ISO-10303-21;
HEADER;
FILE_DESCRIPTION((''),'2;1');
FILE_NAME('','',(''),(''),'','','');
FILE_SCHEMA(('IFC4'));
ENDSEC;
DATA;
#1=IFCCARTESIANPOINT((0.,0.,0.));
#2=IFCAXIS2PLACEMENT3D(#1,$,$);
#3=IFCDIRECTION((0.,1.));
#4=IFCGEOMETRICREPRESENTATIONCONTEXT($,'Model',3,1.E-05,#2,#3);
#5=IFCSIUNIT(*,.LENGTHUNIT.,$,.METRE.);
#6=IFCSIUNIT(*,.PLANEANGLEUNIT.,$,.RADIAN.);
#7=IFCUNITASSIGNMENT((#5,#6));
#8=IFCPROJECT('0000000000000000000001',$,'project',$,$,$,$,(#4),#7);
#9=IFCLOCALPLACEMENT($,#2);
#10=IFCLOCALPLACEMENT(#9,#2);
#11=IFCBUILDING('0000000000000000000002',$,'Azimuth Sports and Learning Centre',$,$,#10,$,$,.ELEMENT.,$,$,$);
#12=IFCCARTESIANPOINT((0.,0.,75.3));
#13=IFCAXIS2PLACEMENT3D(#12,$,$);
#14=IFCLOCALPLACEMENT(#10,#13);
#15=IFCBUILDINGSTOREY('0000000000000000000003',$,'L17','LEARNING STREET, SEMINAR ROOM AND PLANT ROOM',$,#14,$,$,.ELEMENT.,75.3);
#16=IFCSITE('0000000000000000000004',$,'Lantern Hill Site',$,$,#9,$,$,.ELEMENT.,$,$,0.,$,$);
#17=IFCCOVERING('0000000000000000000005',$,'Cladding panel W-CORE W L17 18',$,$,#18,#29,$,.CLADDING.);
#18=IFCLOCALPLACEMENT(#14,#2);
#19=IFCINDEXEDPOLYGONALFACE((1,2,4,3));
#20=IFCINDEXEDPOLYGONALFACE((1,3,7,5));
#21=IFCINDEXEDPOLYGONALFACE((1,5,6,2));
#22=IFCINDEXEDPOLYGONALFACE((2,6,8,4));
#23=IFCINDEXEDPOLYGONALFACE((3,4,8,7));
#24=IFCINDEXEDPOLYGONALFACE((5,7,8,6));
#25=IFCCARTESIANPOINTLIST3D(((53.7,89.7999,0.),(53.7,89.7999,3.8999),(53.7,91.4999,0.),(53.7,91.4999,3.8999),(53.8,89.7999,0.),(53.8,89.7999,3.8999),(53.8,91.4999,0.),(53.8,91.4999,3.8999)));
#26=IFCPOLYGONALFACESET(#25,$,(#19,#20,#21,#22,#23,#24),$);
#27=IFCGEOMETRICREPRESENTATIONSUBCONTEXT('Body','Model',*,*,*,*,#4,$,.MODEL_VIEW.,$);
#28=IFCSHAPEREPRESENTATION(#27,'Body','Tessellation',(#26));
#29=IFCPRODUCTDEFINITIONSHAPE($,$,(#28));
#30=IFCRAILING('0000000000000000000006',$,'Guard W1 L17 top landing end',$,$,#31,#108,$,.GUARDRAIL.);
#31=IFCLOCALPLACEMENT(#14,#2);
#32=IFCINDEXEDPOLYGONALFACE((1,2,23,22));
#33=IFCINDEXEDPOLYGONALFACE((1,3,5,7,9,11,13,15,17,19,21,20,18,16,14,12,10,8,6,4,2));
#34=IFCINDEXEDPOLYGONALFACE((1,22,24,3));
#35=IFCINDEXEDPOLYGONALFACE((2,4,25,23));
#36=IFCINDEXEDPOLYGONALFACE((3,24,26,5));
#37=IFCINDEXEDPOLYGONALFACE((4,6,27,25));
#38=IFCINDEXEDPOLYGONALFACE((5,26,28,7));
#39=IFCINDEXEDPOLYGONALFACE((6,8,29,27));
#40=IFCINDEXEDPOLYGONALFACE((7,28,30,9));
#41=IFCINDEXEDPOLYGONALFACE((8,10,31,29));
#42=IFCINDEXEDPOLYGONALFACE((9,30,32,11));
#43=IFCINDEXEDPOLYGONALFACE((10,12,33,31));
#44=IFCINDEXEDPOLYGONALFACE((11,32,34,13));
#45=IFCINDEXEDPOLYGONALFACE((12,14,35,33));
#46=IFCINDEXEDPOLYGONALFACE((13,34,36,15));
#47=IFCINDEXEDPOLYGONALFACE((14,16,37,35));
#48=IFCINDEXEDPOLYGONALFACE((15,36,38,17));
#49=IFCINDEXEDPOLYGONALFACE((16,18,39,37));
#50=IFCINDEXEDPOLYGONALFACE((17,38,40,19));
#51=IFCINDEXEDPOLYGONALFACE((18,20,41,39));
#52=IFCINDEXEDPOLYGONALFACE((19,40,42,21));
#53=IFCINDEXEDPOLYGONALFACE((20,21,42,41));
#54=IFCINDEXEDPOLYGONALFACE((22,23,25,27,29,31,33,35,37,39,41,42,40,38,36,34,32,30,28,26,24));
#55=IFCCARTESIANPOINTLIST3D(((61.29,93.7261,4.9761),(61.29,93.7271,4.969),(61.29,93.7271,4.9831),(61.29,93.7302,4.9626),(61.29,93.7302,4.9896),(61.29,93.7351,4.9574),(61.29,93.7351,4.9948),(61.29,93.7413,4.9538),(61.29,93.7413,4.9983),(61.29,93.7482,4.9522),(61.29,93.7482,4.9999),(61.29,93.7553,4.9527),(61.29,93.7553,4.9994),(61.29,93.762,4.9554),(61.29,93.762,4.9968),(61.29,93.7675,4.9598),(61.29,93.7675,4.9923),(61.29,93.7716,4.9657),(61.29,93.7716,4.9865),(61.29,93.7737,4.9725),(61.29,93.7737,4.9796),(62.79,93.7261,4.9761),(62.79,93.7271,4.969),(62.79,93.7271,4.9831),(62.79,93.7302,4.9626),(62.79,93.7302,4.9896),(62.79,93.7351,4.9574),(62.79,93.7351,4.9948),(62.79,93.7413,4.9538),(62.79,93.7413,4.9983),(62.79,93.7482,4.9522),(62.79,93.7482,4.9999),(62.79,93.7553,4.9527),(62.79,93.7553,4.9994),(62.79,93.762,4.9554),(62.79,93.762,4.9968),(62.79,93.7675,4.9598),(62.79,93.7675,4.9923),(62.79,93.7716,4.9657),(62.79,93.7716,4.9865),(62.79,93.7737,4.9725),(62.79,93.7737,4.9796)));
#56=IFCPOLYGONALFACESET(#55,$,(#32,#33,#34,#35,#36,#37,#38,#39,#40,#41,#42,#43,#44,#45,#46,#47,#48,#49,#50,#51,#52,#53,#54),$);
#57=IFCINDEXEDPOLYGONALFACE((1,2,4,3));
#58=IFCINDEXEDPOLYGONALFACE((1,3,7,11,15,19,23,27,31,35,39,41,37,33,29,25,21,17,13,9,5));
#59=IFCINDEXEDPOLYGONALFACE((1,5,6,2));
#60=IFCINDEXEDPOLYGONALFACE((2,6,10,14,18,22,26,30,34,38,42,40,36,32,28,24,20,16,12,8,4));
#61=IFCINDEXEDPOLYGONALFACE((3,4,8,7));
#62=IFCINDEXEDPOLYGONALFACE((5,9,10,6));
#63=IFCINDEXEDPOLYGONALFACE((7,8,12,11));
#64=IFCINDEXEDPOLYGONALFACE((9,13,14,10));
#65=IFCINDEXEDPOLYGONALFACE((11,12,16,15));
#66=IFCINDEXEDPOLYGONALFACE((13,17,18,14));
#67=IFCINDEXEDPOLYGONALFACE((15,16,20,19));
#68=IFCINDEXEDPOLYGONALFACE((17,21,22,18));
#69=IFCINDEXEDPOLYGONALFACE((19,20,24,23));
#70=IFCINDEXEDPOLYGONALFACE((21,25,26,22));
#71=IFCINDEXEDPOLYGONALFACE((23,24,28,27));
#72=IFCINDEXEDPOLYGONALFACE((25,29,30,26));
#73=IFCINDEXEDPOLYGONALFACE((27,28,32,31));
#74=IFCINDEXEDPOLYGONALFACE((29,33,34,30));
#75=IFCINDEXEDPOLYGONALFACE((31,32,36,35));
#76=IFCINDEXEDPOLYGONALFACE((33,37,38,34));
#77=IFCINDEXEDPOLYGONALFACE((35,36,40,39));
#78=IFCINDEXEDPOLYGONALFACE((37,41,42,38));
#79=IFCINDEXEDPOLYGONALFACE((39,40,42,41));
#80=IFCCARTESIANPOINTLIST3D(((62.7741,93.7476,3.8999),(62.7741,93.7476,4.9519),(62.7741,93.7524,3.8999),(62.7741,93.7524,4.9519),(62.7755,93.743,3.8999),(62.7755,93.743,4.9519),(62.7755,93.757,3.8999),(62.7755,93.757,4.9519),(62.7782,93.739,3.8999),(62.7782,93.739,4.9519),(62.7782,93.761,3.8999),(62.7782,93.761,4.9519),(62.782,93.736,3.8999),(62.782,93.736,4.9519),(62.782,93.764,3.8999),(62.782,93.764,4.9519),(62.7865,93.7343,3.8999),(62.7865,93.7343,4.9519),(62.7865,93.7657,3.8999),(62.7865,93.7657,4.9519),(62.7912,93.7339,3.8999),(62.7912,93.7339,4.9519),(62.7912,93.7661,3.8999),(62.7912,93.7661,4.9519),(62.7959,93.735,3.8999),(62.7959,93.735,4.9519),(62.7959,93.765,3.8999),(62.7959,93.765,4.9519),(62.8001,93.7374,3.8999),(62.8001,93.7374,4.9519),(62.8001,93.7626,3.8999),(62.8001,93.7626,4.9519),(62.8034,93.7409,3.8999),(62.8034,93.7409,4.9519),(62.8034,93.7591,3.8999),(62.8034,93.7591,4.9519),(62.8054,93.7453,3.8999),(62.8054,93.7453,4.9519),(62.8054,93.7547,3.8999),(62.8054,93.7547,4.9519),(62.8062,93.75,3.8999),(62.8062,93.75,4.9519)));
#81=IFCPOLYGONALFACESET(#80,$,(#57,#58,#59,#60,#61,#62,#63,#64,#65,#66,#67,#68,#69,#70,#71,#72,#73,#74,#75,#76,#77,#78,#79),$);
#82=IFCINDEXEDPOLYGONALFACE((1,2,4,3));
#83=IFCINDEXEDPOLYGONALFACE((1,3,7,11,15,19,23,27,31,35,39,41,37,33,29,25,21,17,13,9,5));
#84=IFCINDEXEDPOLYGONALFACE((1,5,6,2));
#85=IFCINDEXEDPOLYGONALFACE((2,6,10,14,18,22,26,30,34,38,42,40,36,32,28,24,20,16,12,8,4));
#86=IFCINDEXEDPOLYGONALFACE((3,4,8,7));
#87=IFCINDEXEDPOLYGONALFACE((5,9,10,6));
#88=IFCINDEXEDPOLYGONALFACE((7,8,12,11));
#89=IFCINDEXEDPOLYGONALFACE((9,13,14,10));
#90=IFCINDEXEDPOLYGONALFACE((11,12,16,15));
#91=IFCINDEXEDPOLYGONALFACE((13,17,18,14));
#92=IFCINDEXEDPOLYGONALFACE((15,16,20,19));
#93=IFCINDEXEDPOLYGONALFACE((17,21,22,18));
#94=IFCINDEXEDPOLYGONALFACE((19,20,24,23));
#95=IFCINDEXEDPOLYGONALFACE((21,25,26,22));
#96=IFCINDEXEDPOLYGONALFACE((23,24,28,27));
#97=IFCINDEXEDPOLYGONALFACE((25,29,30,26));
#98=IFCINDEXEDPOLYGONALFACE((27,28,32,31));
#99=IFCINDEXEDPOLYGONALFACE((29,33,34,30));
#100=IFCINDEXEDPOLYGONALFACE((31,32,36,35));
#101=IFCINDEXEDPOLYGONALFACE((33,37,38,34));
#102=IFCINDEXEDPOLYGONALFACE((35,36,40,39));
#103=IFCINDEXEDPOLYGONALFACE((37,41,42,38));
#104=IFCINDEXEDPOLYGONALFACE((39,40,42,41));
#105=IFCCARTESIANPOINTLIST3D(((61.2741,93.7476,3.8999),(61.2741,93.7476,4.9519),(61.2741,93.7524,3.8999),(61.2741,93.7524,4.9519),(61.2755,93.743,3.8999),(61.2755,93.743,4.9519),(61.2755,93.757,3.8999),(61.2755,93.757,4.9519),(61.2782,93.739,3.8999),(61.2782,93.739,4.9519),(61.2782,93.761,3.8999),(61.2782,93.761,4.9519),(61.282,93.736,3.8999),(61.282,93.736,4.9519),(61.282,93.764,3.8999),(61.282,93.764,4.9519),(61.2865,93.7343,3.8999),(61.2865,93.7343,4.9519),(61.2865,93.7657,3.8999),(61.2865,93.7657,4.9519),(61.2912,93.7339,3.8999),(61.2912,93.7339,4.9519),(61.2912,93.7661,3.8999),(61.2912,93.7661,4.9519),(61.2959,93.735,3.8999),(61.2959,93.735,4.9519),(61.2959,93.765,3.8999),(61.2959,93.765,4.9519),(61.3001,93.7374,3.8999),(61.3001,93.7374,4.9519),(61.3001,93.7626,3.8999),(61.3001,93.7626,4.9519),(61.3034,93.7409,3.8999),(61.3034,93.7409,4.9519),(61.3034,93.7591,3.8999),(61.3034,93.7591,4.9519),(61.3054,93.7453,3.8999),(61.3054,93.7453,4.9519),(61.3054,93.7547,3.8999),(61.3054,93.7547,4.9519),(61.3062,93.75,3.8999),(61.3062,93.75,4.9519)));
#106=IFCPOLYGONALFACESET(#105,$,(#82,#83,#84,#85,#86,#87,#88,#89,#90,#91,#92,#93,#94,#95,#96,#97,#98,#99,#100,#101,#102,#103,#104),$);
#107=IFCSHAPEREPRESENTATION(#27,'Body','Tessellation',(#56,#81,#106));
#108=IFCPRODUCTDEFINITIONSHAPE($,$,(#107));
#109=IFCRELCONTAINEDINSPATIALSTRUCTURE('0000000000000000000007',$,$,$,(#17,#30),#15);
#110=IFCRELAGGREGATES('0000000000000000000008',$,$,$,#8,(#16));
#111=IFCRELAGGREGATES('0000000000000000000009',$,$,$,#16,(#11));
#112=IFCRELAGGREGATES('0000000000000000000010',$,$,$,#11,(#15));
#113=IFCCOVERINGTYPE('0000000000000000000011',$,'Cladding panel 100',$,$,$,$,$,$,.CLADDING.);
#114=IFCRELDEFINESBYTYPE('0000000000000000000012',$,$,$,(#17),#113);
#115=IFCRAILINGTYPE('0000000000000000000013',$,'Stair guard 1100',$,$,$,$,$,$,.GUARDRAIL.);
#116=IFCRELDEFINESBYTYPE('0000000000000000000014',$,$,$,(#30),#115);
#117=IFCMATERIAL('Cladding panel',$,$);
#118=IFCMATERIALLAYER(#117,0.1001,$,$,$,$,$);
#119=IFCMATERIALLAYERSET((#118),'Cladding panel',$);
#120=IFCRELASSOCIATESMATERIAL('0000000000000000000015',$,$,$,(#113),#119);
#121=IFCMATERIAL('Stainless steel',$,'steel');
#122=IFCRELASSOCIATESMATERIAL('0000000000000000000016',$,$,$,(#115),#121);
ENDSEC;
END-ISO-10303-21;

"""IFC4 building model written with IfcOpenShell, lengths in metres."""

from ifc_helpers import new_model, si_unit, direction, frame, origin, origin_2d, place, context, subcontext, project, spatial, rectangle, circle, extrude, material, layer, layer_set, type_object, element, save


model = new_model("IFC4")

# Units and contexts
model_context = context("Model", 3, precision=1e-05, world=origin(), true_north=direction((0.0, 1.0)))
body_context = subcontext(model_context, "Body", "Model", "MODEL_VIEW")
ifc_project = project(units=[si_unit("LENGTHUNIT", "METRE"), si_unit("PLANEANGLEUNIT", "RADIAN")], contexts=[model_context])

# Site, building, storey
site_placement = place(None, origin())
site = spatial("IfcSite", under=ifc_project, at=site_placement, Name="Lantern Hill Site", CompositionType="ELEMENT", RefElevation=0.0)
building_placement = place(site_placement, origin())
building = spatial("IfcBuilding", under=site, at=building_placement, Name="Azimuth Sports and Learning Centre", CompositionType="ELEMENT")
storey_placement = place(building_placement, frame((0.0, 0.0, 75.3)))
storey = spatial("IfcBuildingStorey", under=building, at=storey_placement, Name="L17", Description="LEARNING STREET, SEMINAR ROOM AND PLANT ROOM", CompositionType="ELEMENT", Elevation=75.3)

# Covering
ifc_material_1 = material(Name="Cladding panel")
ifc_layer_1 = layer(ifc_material_1, 0.1001)
ifc_layer_set_1 = layer_set([ifc_layer_1], Name="Cladding panel")
covering_type = type_object("IfcCoveringType", Name="Cladding panel 100", PredefinedType="CLADDING", material=ifc_layer_set_1)
covering_placement = place(storey_placement, frame((53.75, 90.6499, 0.0), z_axis=(0.0, 0.0, 1.0), x_axis=(0.0, -1.0, 0.0)))
element("IfcCovering", 1, at=covering_placement, inside=storey, type_object=covering_type, Name="Cladding panel W-CORE W L17 18", PredefinedType="CLADDING", context=body_context, shape_type="SweptSolid", body=[
    extrude(rectangle(XDim=1.7, YDim=0.1001, at=origin_2d()), origin(), (0.0, 0.0, 1.0), 3.8999),
])

# Railing
ifc_material_2 = material(Name="Stainless steel", Category="steel")
railing_type_1 = type_object("IfcRailingType", Name="Stair guard 1100", PredefinedType="GUARDRAIL", material=ifc_material_2)
railing_1_placement = place(storey_placement, frame((62.79, 93.75, 3.8999)))
element("IfcRailing", 2, at=railing_1_placement, inside=storey, type_object=railing_type_1, Name="Guard W1 L17 top landing end", PredefinedType="GUARDRAIL", context=body_context, shape_type="SweptSolid", body=[
    extrude(circle(Radius=0.0239, at=origin_2d()), frame((0.0, 0.0, 1.0762), z_axis=(-1.0, 0.0, 0.0), x_axis=(0.0, -1.0, 0.0)), (0.0, 0.0, 1.0), 1.5),
    extrude(circle(Radius=0.0161, at=origin_2d()), origin(), (0.0, 0.0, 1.0), 1.052),
    extrude(circle(Radius=0.0161, at=origin_2d()), frame((-1.5, 0.0, 0.0)), (0.0, 0.0, 1.0), 1.052),
])

save(model, "model.ifc")
